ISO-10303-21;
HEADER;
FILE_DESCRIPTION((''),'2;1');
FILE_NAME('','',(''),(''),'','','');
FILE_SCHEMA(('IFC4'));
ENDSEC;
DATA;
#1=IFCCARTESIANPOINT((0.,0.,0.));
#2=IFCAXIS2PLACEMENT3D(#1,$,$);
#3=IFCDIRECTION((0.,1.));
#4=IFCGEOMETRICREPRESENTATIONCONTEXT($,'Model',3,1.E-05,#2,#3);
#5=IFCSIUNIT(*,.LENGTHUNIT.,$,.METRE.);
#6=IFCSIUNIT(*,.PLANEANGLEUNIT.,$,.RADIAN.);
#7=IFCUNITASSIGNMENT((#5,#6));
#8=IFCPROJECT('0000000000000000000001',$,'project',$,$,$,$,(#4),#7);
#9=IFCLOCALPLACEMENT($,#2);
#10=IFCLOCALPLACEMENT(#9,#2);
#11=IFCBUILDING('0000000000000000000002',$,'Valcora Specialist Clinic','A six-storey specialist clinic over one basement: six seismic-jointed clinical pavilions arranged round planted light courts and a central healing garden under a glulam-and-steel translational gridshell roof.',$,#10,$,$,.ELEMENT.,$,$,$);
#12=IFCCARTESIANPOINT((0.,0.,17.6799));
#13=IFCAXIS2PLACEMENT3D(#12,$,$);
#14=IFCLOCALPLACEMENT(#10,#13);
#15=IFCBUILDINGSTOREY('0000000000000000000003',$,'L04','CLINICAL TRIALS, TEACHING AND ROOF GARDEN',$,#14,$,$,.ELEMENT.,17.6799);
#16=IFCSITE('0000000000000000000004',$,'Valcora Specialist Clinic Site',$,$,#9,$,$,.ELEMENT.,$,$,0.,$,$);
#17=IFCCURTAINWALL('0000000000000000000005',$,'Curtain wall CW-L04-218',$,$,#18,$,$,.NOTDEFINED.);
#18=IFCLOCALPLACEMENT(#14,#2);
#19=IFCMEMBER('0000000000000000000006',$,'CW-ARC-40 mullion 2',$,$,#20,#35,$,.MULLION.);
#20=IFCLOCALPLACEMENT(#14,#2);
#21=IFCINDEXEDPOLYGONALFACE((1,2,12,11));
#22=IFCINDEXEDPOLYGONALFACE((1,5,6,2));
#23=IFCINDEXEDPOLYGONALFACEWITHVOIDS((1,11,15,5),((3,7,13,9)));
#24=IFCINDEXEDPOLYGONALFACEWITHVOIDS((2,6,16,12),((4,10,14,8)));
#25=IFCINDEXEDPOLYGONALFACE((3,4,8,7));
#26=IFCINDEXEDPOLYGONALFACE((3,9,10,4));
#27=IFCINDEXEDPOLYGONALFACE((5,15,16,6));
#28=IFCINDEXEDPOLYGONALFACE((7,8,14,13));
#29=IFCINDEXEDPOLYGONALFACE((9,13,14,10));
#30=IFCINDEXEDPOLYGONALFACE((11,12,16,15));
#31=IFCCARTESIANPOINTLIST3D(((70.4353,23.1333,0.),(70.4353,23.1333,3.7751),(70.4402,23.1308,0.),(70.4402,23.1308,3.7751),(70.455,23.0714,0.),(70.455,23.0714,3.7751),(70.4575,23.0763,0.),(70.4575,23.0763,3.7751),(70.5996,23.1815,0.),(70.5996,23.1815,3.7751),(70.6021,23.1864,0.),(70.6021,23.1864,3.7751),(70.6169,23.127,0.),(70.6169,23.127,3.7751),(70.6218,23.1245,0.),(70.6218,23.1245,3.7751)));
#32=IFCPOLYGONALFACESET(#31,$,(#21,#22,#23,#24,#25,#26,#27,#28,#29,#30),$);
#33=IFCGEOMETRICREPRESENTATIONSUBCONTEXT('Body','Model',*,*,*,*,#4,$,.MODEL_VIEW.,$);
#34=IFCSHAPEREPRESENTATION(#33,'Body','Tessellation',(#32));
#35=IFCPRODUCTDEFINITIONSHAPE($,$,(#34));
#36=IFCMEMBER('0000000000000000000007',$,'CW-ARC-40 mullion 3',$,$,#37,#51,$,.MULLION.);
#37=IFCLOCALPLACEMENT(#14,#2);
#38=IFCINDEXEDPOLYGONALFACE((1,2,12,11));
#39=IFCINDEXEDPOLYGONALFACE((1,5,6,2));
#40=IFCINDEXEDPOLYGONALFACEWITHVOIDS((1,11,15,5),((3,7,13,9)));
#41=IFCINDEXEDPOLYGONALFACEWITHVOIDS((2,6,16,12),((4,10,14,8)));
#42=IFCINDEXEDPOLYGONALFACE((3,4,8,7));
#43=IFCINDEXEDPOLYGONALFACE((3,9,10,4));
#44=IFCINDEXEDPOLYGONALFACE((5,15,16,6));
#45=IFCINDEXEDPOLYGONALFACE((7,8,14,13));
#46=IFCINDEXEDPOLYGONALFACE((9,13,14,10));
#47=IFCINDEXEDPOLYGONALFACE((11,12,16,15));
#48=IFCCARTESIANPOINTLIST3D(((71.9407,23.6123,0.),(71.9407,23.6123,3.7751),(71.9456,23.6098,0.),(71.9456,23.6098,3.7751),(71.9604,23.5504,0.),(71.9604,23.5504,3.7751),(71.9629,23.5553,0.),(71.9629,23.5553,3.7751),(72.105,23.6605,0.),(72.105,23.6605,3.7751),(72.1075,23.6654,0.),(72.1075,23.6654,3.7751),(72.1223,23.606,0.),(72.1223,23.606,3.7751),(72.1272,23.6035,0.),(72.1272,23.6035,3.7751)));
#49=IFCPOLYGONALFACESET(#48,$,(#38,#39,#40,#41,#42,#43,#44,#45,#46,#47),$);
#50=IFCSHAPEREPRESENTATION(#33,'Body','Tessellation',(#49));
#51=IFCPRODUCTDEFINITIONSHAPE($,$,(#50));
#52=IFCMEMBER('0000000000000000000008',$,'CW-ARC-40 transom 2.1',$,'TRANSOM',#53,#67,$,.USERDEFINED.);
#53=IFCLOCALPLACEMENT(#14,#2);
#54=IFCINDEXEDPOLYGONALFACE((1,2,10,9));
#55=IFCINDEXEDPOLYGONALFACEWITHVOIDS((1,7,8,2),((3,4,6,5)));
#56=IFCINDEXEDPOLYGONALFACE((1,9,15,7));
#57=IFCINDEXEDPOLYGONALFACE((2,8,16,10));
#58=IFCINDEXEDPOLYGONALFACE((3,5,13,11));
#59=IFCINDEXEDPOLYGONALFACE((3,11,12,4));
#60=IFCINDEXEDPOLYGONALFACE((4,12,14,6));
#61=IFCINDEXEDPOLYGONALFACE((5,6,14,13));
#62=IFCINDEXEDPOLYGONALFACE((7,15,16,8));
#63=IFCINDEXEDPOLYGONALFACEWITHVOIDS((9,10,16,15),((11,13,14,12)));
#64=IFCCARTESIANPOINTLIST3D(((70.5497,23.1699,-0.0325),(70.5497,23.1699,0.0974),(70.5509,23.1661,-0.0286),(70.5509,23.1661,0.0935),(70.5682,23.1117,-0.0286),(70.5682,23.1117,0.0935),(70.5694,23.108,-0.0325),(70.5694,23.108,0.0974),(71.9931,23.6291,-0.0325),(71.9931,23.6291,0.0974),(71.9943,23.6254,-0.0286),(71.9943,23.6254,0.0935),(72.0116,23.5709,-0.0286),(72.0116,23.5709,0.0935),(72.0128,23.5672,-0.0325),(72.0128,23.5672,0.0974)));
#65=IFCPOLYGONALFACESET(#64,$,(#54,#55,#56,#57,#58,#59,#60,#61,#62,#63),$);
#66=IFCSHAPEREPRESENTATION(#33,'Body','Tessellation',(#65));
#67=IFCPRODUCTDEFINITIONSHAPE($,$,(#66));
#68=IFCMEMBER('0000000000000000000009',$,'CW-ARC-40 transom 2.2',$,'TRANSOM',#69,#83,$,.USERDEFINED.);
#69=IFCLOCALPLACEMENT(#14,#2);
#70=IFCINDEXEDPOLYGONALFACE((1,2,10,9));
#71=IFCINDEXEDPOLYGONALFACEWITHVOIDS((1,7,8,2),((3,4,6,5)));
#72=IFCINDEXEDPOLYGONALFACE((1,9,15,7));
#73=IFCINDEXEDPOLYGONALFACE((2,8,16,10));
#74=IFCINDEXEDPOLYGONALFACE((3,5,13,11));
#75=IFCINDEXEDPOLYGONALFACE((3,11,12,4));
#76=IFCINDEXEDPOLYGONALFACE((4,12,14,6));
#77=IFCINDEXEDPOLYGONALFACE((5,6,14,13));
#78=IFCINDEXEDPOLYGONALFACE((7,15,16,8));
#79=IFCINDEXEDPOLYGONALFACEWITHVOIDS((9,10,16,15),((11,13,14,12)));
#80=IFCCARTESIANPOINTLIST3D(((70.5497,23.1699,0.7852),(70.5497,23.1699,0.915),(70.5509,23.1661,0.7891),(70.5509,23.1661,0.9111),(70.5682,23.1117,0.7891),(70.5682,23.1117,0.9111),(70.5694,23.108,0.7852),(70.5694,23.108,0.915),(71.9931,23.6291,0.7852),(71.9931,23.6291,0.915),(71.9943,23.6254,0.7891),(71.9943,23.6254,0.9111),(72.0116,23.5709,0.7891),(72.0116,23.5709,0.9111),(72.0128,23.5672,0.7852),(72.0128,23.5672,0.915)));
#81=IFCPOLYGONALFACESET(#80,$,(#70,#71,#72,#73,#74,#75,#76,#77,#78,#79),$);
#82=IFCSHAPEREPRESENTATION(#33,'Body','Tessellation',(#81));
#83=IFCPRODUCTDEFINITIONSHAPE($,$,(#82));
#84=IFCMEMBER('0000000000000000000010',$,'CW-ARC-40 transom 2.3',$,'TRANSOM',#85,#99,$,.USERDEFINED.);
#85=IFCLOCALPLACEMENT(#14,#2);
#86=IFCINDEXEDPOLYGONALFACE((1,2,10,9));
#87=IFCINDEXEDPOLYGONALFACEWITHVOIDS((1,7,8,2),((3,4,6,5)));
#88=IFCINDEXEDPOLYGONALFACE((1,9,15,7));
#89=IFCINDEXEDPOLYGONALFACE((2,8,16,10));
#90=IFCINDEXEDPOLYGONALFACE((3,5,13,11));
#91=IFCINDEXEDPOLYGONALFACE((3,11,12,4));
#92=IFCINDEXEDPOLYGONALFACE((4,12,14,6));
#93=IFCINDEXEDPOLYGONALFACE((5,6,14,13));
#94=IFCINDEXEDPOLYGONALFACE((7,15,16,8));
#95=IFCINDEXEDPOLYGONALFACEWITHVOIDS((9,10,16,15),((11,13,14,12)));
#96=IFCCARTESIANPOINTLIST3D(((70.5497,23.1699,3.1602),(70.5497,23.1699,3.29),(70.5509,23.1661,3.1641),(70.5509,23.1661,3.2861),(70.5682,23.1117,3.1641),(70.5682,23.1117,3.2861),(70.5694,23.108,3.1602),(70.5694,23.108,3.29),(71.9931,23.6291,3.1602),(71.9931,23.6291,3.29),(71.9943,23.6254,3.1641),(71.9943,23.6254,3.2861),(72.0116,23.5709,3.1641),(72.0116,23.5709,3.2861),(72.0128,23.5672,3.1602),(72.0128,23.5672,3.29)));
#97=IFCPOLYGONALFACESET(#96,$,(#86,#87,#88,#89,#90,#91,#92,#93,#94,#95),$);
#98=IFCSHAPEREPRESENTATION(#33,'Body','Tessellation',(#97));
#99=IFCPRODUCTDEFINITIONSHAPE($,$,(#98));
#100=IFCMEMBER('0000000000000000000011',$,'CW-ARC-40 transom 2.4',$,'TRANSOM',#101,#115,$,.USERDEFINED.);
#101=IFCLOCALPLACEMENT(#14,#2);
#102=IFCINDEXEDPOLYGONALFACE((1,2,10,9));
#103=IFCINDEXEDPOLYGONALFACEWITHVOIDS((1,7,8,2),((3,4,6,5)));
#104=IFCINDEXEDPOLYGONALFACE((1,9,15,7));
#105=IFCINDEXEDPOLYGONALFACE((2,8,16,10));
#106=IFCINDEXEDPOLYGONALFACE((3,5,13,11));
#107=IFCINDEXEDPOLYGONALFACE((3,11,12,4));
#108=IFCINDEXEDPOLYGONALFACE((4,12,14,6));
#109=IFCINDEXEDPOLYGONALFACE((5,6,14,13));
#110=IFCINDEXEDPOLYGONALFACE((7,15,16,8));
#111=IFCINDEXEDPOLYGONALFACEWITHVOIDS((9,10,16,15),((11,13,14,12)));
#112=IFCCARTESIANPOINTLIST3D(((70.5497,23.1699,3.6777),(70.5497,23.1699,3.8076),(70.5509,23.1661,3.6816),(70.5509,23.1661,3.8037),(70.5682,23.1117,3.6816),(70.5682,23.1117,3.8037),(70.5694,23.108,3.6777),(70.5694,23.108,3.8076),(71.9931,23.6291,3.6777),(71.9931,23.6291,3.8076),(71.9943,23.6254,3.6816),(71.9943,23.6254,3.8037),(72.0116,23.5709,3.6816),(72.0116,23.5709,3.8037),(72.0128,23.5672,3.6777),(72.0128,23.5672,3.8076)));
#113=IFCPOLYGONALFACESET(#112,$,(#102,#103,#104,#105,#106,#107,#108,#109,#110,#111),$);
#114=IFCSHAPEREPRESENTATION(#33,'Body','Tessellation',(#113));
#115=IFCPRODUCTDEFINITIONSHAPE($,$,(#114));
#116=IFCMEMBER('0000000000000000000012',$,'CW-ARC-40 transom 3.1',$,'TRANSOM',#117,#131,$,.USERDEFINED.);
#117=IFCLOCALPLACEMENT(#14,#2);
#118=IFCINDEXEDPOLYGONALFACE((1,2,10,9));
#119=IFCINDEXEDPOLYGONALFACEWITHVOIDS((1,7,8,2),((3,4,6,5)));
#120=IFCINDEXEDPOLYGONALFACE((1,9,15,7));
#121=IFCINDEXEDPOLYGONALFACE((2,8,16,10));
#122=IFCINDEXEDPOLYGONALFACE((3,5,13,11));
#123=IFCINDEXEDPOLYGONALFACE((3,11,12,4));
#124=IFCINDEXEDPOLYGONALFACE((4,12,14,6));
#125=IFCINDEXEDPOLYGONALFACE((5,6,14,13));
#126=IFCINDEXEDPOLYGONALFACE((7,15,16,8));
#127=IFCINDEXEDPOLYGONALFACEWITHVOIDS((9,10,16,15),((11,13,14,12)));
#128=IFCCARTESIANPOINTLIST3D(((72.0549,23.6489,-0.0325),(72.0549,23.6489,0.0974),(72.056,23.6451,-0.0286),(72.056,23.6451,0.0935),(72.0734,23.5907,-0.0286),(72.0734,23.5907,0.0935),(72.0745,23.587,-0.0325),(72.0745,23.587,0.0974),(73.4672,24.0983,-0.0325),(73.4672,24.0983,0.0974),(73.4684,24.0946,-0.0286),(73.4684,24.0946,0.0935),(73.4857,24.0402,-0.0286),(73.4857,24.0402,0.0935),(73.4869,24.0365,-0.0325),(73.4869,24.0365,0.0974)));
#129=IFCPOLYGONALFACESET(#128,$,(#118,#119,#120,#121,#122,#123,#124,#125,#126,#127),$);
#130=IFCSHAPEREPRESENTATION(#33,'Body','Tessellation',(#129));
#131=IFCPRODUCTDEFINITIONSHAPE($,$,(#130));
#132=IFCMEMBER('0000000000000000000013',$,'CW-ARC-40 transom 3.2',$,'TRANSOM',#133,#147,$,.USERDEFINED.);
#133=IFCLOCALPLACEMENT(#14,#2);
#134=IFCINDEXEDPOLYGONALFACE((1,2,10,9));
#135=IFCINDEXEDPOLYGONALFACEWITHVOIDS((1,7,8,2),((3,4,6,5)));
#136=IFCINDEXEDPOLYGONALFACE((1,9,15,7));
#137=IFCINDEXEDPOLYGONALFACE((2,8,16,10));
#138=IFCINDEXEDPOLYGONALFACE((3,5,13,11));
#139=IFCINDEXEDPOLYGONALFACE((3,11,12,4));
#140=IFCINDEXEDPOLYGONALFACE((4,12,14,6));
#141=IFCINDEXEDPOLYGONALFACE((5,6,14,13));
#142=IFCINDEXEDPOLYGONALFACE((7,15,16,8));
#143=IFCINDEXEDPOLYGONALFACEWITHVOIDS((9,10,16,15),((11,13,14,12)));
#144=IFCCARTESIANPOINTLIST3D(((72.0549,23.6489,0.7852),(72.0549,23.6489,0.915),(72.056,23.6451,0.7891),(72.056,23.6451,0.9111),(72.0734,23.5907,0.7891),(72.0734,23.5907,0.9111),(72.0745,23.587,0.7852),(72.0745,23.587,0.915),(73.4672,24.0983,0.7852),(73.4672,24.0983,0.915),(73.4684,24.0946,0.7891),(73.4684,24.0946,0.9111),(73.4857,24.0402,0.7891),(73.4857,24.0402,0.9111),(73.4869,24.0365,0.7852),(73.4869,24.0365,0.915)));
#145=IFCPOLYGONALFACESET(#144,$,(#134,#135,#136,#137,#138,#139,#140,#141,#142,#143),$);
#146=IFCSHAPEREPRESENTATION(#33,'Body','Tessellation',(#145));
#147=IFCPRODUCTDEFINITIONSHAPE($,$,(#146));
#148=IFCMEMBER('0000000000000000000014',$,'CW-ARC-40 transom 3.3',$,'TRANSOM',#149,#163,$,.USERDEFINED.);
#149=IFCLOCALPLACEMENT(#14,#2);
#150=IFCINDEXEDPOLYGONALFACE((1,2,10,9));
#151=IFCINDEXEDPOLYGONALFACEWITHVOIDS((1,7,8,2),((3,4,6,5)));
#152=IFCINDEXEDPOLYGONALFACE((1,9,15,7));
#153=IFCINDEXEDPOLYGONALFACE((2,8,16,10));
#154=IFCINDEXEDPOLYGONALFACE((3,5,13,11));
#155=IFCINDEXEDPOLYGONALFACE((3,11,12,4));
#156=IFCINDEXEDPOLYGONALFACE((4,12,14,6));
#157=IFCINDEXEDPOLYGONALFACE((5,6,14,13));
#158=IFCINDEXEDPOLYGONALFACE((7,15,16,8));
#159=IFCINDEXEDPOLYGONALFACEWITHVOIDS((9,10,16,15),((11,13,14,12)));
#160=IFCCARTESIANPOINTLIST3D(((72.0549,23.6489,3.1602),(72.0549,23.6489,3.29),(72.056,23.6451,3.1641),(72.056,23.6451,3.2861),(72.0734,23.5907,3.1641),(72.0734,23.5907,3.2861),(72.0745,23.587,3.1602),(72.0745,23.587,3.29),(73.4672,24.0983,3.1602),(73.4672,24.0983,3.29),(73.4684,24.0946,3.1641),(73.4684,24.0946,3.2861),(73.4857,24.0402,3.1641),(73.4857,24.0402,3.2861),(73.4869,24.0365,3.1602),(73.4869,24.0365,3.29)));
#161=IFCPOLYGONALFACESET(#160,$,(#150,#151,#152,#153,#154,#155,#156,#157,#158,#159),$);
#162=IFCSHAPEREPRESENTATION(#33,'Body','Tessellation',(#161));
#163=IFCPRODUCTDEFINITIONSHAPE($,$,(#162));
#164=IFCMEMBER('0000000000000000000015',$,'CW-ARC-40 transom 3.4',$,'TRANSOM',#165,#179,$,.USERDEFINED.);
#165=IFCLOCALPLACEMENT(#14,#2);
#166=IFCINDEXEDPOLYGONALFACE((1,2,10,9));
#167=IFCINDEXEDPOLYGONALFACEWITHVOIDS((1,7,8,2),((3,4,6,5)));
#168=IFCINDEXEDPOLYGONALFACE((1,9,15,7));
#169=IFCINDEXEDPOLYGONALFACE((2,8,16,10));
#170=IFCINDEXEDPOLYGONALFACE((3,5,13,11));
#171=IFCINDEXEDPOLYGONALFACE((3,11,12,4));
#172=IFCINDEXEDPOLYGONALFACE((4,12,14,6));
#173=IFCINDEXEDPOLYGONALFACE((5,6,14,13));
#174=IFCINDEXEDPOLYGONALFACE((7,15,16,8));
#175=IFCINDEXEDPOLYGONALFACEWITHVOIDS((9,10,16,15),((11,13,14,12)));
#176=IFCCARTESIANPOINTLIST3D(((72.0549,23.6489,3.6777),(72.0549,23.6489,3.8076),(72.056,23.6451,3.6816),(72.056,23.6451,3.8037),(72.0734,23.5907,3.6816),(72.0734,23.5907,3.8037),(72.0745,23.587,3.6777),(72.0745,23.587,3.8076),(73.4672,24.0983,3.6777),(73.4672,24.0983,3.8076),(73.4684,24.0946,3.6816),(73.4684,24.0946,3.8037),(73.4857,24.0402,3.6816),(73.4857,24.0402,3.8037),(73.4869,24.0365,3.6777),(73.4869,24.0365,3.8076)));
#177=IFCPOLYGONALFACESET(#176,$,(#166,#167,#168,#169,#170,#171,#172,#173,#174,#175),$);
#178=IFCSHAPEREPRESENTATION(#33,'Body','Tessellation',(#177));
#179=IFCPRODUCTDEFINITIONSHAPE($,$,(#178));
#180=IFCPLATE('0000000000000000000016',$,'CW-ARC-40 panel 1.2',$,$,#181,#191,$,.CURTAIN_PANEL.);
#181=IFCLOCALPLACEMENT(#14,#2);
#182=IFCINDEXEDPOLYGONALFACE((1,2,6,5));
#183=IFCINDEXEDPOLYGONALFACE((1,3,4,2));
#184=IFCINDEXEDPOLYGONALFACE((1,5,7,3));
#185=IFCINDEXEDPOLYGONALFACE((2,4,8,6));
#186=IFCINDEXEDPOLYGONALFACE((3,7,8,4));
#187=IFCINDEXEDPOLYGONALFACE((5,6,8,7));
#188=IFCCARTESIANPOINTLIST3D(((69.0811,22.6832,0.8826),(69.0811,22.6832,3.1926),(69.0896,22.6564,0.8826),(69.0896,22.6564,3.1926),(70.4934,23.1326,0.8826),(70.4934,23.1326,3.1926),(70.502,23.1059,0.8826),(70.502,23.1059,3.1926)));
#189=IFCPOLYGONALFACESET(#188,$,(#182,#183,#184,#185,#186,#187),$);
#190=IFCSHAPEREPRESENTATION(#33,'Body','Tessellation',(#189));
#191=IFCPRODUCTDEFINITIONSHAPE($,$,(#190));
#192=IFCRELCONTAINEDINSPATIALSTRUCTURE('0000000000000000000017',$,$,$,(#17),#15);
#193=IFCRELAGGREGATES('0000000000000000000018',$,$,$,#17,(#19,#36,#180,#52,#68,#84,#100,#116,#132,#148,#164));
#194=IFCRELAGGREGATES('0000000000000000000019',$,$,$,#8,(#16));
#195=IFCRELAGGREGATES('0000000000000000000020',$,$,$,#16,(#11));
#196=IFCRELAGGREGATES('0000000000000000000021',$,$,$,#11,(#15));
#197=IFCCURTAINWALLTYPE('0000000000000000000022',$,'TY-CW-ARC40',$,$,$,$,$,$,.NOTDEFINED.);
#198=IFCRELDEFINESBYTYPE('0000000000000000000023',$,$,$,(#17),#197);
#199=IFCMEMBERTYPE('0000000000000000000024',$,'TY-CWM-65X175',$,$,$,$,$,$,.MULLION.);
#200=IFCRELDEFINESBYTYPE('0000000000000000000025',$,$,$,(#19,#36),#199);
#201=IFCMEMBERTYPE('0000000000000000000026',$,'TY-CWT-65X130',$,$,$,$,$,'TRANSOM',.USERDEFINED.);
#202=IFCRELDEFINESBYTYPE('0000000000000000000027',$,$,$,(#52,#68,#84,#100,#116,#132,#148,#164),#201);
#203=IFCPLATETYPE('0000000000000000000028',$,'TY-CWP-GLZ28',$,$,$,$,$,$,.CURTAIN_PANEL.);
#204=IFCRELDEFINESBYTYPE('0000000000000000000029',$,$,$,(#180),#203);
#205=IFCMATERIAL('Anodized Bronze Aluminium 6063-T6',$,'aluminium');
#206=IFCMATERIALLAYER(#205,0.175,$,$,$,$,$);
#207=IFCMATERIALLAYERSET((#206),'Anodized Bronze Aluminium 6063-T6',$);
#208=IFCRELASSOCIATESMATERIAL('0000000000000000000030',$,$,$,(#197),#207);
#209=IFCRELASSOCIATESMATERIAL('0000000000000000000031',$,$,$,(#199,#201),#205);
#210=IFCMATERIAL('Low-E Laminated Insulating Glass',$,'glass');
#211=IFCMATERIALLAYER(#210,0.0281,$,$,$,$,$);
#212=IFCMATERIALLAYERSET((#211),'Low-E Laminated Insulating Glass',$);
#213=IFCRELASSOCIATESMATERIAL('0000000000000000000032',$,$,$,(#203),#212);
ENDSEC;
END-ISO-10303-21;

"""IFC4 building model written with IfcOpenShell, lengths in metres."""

from ifc_helpers import new_model, si_unit, direction, frame, origin, origin_2d, place, context, subcontext, project, spatial, rectangle, hollow_rectangle, extrude, material, layer, layer_set, material_profile, profile_set, type_object, element, aggregate, save


model = new_model("IFC4")

# Units and contexts
model_context = context("Model", 3, precision=1e-05, world=origin(), true_north=direction((0.0, 1.0)))
body_context = subcontext(model_context, "Body", "Model", "MODEL_VIEW")
ifc_project = project(units=[si_unit("LENGTHUNIT", "METRE"), si_unit("PLANEANGLEUNIT", "RADIAN")], contexts=[model_context])

# Site, building, storey
site_placement = place(None, origin())
site = spatial("IfcSite", under=ifc_project, at=site_placement, Name="Valcora Specialist Clinic Site", CompositionType="ELEMENT", RefElevation=0.0)
building_placement = place(site_placement, origin())
building = spatial("IfcBuilding", under=site, at=building_placement, Name="Valcora Specialist Clinic", Description="A six-storey specialist clinic over one basement: six seismic-jointed clinical pavilions arranged round planted light courts and a central healing garden under a glulam-and-steel translational gridshell roof.", CompositionType="ELEMENT")
storey_placement = place(building_placement, frame((0.0, 0.0, 17.6799)))
storey = spatial("IfcBuildingStorey", under=building, at=storey_placement, Name="L04", Description="CLINICAL TRIALS, TEACHING AND ROOF GARDEN", CompositionType="ELEMENT", Elevation=17.6799)

# Curtain wall, members, plate
ifc_material_1 = material(Name="Anodized Bronze Aluminium 6063-T6", Category="aluminium")
ifc_layer_1 = layer(ifc_material_1, 0.175)
ifc_layer_set_1 = layer_set([ifc_layer_1], Name="Anodized Bronze Aluminium 6063-T6")
curtain_wall_type = type_object("IfcCurtainWallType", Name="TY-CW-ARC40", PredefinedType="NOTDEFINED", material=ifc_layer_set_1)
curtain_wall_placement = place(storey_placement, origin())
curtain_wall = element("IfcCurtainWall", 1, at=curtain_wall_placement, inside=storey, type_object=curtain_wall_type, Name="Curtain wall CW-L04-218", PredefinedType="NOTDEFINED")
ifc_material_profile_1 = material_profile(ifc_material_1, hollow_rectangle(XDim=0.0649, YDim=0.175, WallThickness=0.0039, at=origin_2d()), Name="AL-MUL-65X175")
ifc_profile_set_1 = profile_set([ifc_material_profile_1], Name="Anodized Bronze Aluminium 6063-T6")
member_type_1 = type_object("IfcMemberType", Name="TY-CWM-65X175", PredefinedType="MULLION", material=ifc_profile_set_1)
member_1_placement = place(storey_placement, frame((70.5286, 23.1289, 0.0), z_axis=(0.0, 0.0, 1.0), x_axis=(-0.303233, 0.952916, 0.0)))
member_1 = element("IfcMember", 2, at=member_1_placement, type_object=member_type_1, Name="CW-ARC-40 mullion 2", PredefinedType="MULLION", context=body_context, shape_type="SweptSolid", body=[
    extrude(hollow_rectangle(XDim=0.0649, YDim=0.175, WallThickness=0.0039, at=origin_2d()), origin(), (0.0, 0.0, 1.0), 3.7751),
])
member_2_placement = place(storey_placement, frame((72.0339, 23.6079, 0.0), z_axis=(0.0, 0.0, 1.0), x_axis=(-0.303233, 0.952916, 0.0)))
member_2 = element("IfcMember", 3, at=member_2_placement, type_object=member_type_1, Name="CW-ARC-40 mullion 3", PredefinedType="MULLION", context=body_context, shape_type="SweptSolid", body=[
    extrude(hollow_rectangle(XDim=0.0649, YDim=0.175, WallThickness=0.0039, at=origin_2d()), origin(), (0.0, 0.0, 1.0), 3.7751),
])
ifc_material_profile_2 = material_profile(ifc_material_1, hollow_rectangle(XDim=0.0649, YDim=0.1299, WallThickness=0.0039, at=origin_2d()), Name="AL-TRN-65X130")
ifc_profile_set_2 = profile_set([ifc_material_profile_2], Name="Anodized Bronze Aluminium 6063-T6")
member_type_2 = type_object("IfcMemberType", Name="TY-CWT-65X130", ElementType="TRANSOM", PredefinedType="USERDEFINED", material=ifc_profile_set_2)
member_3_placement = place(storey_placement, frame((70.5596, 23.1389, 0.0325), z_axis=(0.95293, 0.30319, 0.0), x_axis=(-0.30319, 0.95293, 0.0)))
member_3 = element("IfcMember", 4, at=member_3_placement, type_object=member_type_2, Name="CW-ARC-40 transom 2.1", ObjectType="TRANSOM", PredefinedType="USERDEFINED", context=body_context, shape_type="SweptSolid", body=[
    extrude(hollow_rectangle(XDim=0.0649, YDim=0.1299, WallThickness=0.0039, at=origin_2d()), origin(), (0.0, 0.0, 1.0), 1.5146),
])
member_4_placement = place(storey_placement, frame((70.5596, 23.1389, 0.8501), z_axis=(0.95293, 0.30319, 0.0), x_axis=(-0.30319, 0.95293, 0.0)))
member_4 = element("IfcMember", 5, at=member_4_placement, type_object=member_type_2, Name="CW-ARC-40 transom 2.2", ObjectType="TRANSOM", PredefinedType="USERDEFINED", context=body_context, shape_type="SweptSolid", body=[
    extrude(hollow_rectangle(XDim=0.0649, YDim=0.1299, WallThickness=0.0039, at=origin_2d()), origin(), (0.0, 0.0, 1.0), 1.5146),
])
member_5_placement = place(storey_placement, frame((70.5596, 23.1389, 3.2251), z_axis=(0.95293, 0.30319, 0.0), x_axis=(-0.30319, 0.95293, 0.0)))
member_5 = element("IfcMember", 6, at=member_5_placement, type_object=member_type_2, Name="CW-ARC-40 transom 2.3", ObjectType="TRANSOM", PredefinedType="USERDEFINED", context=body_context, shape_type="SweptSolid", body=[
    extrude(hollow_rectangle(XDim=0.0649, YDim=0.1299, WallThickness=0.0039, at=origin_2d()), origin(), (0.0, 0.0, 1.0), 1.5146),
])
member_6_placement = place(storey_placement, frame((70.5596, 23.1389, 3.7427), z_axis=(0.95293, 0.30319, 0.0), x_axis=(-0.30319, 0.95293, 0.0)))
member_6 = element("IfcMember", 7, at=member_6_placement, type_object=member_type_2, Name="CW-ARC-40 transom 2.4", ObjectType="TRANSOM", PredefinedType="USERDEFINED", context=body_context, shape_type="SweptSolid", body=[
    extrude(hollow_rectangle(XDim=0.0649, YDim=0.1299, WallThickness=0.0039, at=origin_2d()), origin(), (0.0, 0.0, 1.0), 1.5146),
])
member_7_placement = place(storey_placement, frame((72.0647, 23.6179, 0.0325), z_axis=(0.952911, 0.303251, 0.0), x_axis=(-0.303251, 0.952911, 0.0)))
member_7 = element("IfcMember", 8, at=member_7_placement, type_object=member_type_2, Name="CW-ARC-40 transom 3.1", ObjectType="TRANSOM", PredefinedType="USERDEFINED", context=body_context, shape_type="SweptSolid", body=[
    extrude(hollow_rectangle(XDim=0.0649, YDim=0.1299, WallThickness=0.0039, at=origin_2d()), origin(), (0.0, 0.0, 1.0), 1.4822),
])
member_8_placement = place(storey_placement, frame((72.0647, 23.6179, 0.8501), z_axis=(0.952911, 0.303251, 0.0), x_axis=(-0.303251, 0.952911, 0.0)))
member_8 = element("IfcMember", 9, at=member_8_placement, type_object=member_type_2, Name="CW-ARC-40 transom 3.2", ObjectType="TRANSOM", PredefinedType="USERDEFINED", context=body_context, shape_type="SweptSolid", body=[
    extrude(hollow_rectangle(XDim=0.0649, YDim=0.1299, WallThickness=0.0039, at=origin_2d()), origin(), (0.0, 0.0, 1.0), 1.4822),
])
member_9_placement = place(storey_placement, frame((72.0647, 23.6179, 3.2251), z_axis=(0.952911, 0.303251, 0.0), x_axis=(-0.303251, 0.952911, 0.0)))
member_9 = element("IfcMember", 10, at=member_9_placement, type_object=member_type_2, Name="CW-ARC-40 transom 3.3", ObjectType="TRANSOM", PredefinedType="USERDEFINED", context=body_context, shape_type="SweptSolid", body=[
    extrude(hollow_rectangle(XDim=0.0649, YDim=0.1299, WallThickness=0.0039, at=origin_2d()), origin(), (0.0, 0.0, 1.0), 1.4822),
])
member_10_placement = place(storey_placement, frame((72.0647, 23.6179, 3.7427), z_axis=(0.952911, 0.303251, 0.0), x_axis=(-0.303251, 0.952911, 0.0)))
member_10 = element("IfcMember", 11, at=member_10_placement, type_object=member_type_2, Name="CW-ARC-40 transom 3.4", ObjectType="TRANSOM", PredefinedType="USERDEFINED", context=body_context, shape_type="SweptSolid", body=[
    extrude(hollow_rectangle(XDim=0.0649, YDim=0.1299, WallThickness=0.0039, at=origin_2d()), origin(), (0.0, 0.0, 1.0), 1.4822),
])
ifc_material_2 = material(Name="Low-E Laminated Insulating Glass", Category="glass")
ifc_layer_2 = layer(ifc_material_2, 0.0281)
ifc_layer_set_2 = layer_set([ifc_layer_2], Name="Low-E Laminated Insulating Glass")
plate_type_1 = type_object("IfcPlateType", Name="TY-CWP-GLZ28", PredefinedType="CURTAIN_PANEL", material=ifc_layer_set_2)
plate_1_placement = place(storey_placement, frame((69.7915, 22.8945, 0.8826), z_axis=(0.0, 0.0, 1.0), x_axis=(0.952916, 0.303233, 0.0)))
plate_1 = element("IfcPlate", 12, at=plate_1_placement, type_object=plate_type_1, Name="CW-ARC-40 panel 1.2", PredefinedType="CURTAIN_PANEL", context=body_context, shape_type="SweptSolid", body=[
    extrude(rectangle(XDim=1.4822, YDim=0.0281, at=origin_2d()), origin(), (0.0, 0.0, 1.0), 2.3101),
])
aggregate(curtain_wall, [member_1, member_2, plate_1, member_3, member_4, member_5, member_6, member_7, member_8, member_9, member_10])

save(model, "model.ifc")
